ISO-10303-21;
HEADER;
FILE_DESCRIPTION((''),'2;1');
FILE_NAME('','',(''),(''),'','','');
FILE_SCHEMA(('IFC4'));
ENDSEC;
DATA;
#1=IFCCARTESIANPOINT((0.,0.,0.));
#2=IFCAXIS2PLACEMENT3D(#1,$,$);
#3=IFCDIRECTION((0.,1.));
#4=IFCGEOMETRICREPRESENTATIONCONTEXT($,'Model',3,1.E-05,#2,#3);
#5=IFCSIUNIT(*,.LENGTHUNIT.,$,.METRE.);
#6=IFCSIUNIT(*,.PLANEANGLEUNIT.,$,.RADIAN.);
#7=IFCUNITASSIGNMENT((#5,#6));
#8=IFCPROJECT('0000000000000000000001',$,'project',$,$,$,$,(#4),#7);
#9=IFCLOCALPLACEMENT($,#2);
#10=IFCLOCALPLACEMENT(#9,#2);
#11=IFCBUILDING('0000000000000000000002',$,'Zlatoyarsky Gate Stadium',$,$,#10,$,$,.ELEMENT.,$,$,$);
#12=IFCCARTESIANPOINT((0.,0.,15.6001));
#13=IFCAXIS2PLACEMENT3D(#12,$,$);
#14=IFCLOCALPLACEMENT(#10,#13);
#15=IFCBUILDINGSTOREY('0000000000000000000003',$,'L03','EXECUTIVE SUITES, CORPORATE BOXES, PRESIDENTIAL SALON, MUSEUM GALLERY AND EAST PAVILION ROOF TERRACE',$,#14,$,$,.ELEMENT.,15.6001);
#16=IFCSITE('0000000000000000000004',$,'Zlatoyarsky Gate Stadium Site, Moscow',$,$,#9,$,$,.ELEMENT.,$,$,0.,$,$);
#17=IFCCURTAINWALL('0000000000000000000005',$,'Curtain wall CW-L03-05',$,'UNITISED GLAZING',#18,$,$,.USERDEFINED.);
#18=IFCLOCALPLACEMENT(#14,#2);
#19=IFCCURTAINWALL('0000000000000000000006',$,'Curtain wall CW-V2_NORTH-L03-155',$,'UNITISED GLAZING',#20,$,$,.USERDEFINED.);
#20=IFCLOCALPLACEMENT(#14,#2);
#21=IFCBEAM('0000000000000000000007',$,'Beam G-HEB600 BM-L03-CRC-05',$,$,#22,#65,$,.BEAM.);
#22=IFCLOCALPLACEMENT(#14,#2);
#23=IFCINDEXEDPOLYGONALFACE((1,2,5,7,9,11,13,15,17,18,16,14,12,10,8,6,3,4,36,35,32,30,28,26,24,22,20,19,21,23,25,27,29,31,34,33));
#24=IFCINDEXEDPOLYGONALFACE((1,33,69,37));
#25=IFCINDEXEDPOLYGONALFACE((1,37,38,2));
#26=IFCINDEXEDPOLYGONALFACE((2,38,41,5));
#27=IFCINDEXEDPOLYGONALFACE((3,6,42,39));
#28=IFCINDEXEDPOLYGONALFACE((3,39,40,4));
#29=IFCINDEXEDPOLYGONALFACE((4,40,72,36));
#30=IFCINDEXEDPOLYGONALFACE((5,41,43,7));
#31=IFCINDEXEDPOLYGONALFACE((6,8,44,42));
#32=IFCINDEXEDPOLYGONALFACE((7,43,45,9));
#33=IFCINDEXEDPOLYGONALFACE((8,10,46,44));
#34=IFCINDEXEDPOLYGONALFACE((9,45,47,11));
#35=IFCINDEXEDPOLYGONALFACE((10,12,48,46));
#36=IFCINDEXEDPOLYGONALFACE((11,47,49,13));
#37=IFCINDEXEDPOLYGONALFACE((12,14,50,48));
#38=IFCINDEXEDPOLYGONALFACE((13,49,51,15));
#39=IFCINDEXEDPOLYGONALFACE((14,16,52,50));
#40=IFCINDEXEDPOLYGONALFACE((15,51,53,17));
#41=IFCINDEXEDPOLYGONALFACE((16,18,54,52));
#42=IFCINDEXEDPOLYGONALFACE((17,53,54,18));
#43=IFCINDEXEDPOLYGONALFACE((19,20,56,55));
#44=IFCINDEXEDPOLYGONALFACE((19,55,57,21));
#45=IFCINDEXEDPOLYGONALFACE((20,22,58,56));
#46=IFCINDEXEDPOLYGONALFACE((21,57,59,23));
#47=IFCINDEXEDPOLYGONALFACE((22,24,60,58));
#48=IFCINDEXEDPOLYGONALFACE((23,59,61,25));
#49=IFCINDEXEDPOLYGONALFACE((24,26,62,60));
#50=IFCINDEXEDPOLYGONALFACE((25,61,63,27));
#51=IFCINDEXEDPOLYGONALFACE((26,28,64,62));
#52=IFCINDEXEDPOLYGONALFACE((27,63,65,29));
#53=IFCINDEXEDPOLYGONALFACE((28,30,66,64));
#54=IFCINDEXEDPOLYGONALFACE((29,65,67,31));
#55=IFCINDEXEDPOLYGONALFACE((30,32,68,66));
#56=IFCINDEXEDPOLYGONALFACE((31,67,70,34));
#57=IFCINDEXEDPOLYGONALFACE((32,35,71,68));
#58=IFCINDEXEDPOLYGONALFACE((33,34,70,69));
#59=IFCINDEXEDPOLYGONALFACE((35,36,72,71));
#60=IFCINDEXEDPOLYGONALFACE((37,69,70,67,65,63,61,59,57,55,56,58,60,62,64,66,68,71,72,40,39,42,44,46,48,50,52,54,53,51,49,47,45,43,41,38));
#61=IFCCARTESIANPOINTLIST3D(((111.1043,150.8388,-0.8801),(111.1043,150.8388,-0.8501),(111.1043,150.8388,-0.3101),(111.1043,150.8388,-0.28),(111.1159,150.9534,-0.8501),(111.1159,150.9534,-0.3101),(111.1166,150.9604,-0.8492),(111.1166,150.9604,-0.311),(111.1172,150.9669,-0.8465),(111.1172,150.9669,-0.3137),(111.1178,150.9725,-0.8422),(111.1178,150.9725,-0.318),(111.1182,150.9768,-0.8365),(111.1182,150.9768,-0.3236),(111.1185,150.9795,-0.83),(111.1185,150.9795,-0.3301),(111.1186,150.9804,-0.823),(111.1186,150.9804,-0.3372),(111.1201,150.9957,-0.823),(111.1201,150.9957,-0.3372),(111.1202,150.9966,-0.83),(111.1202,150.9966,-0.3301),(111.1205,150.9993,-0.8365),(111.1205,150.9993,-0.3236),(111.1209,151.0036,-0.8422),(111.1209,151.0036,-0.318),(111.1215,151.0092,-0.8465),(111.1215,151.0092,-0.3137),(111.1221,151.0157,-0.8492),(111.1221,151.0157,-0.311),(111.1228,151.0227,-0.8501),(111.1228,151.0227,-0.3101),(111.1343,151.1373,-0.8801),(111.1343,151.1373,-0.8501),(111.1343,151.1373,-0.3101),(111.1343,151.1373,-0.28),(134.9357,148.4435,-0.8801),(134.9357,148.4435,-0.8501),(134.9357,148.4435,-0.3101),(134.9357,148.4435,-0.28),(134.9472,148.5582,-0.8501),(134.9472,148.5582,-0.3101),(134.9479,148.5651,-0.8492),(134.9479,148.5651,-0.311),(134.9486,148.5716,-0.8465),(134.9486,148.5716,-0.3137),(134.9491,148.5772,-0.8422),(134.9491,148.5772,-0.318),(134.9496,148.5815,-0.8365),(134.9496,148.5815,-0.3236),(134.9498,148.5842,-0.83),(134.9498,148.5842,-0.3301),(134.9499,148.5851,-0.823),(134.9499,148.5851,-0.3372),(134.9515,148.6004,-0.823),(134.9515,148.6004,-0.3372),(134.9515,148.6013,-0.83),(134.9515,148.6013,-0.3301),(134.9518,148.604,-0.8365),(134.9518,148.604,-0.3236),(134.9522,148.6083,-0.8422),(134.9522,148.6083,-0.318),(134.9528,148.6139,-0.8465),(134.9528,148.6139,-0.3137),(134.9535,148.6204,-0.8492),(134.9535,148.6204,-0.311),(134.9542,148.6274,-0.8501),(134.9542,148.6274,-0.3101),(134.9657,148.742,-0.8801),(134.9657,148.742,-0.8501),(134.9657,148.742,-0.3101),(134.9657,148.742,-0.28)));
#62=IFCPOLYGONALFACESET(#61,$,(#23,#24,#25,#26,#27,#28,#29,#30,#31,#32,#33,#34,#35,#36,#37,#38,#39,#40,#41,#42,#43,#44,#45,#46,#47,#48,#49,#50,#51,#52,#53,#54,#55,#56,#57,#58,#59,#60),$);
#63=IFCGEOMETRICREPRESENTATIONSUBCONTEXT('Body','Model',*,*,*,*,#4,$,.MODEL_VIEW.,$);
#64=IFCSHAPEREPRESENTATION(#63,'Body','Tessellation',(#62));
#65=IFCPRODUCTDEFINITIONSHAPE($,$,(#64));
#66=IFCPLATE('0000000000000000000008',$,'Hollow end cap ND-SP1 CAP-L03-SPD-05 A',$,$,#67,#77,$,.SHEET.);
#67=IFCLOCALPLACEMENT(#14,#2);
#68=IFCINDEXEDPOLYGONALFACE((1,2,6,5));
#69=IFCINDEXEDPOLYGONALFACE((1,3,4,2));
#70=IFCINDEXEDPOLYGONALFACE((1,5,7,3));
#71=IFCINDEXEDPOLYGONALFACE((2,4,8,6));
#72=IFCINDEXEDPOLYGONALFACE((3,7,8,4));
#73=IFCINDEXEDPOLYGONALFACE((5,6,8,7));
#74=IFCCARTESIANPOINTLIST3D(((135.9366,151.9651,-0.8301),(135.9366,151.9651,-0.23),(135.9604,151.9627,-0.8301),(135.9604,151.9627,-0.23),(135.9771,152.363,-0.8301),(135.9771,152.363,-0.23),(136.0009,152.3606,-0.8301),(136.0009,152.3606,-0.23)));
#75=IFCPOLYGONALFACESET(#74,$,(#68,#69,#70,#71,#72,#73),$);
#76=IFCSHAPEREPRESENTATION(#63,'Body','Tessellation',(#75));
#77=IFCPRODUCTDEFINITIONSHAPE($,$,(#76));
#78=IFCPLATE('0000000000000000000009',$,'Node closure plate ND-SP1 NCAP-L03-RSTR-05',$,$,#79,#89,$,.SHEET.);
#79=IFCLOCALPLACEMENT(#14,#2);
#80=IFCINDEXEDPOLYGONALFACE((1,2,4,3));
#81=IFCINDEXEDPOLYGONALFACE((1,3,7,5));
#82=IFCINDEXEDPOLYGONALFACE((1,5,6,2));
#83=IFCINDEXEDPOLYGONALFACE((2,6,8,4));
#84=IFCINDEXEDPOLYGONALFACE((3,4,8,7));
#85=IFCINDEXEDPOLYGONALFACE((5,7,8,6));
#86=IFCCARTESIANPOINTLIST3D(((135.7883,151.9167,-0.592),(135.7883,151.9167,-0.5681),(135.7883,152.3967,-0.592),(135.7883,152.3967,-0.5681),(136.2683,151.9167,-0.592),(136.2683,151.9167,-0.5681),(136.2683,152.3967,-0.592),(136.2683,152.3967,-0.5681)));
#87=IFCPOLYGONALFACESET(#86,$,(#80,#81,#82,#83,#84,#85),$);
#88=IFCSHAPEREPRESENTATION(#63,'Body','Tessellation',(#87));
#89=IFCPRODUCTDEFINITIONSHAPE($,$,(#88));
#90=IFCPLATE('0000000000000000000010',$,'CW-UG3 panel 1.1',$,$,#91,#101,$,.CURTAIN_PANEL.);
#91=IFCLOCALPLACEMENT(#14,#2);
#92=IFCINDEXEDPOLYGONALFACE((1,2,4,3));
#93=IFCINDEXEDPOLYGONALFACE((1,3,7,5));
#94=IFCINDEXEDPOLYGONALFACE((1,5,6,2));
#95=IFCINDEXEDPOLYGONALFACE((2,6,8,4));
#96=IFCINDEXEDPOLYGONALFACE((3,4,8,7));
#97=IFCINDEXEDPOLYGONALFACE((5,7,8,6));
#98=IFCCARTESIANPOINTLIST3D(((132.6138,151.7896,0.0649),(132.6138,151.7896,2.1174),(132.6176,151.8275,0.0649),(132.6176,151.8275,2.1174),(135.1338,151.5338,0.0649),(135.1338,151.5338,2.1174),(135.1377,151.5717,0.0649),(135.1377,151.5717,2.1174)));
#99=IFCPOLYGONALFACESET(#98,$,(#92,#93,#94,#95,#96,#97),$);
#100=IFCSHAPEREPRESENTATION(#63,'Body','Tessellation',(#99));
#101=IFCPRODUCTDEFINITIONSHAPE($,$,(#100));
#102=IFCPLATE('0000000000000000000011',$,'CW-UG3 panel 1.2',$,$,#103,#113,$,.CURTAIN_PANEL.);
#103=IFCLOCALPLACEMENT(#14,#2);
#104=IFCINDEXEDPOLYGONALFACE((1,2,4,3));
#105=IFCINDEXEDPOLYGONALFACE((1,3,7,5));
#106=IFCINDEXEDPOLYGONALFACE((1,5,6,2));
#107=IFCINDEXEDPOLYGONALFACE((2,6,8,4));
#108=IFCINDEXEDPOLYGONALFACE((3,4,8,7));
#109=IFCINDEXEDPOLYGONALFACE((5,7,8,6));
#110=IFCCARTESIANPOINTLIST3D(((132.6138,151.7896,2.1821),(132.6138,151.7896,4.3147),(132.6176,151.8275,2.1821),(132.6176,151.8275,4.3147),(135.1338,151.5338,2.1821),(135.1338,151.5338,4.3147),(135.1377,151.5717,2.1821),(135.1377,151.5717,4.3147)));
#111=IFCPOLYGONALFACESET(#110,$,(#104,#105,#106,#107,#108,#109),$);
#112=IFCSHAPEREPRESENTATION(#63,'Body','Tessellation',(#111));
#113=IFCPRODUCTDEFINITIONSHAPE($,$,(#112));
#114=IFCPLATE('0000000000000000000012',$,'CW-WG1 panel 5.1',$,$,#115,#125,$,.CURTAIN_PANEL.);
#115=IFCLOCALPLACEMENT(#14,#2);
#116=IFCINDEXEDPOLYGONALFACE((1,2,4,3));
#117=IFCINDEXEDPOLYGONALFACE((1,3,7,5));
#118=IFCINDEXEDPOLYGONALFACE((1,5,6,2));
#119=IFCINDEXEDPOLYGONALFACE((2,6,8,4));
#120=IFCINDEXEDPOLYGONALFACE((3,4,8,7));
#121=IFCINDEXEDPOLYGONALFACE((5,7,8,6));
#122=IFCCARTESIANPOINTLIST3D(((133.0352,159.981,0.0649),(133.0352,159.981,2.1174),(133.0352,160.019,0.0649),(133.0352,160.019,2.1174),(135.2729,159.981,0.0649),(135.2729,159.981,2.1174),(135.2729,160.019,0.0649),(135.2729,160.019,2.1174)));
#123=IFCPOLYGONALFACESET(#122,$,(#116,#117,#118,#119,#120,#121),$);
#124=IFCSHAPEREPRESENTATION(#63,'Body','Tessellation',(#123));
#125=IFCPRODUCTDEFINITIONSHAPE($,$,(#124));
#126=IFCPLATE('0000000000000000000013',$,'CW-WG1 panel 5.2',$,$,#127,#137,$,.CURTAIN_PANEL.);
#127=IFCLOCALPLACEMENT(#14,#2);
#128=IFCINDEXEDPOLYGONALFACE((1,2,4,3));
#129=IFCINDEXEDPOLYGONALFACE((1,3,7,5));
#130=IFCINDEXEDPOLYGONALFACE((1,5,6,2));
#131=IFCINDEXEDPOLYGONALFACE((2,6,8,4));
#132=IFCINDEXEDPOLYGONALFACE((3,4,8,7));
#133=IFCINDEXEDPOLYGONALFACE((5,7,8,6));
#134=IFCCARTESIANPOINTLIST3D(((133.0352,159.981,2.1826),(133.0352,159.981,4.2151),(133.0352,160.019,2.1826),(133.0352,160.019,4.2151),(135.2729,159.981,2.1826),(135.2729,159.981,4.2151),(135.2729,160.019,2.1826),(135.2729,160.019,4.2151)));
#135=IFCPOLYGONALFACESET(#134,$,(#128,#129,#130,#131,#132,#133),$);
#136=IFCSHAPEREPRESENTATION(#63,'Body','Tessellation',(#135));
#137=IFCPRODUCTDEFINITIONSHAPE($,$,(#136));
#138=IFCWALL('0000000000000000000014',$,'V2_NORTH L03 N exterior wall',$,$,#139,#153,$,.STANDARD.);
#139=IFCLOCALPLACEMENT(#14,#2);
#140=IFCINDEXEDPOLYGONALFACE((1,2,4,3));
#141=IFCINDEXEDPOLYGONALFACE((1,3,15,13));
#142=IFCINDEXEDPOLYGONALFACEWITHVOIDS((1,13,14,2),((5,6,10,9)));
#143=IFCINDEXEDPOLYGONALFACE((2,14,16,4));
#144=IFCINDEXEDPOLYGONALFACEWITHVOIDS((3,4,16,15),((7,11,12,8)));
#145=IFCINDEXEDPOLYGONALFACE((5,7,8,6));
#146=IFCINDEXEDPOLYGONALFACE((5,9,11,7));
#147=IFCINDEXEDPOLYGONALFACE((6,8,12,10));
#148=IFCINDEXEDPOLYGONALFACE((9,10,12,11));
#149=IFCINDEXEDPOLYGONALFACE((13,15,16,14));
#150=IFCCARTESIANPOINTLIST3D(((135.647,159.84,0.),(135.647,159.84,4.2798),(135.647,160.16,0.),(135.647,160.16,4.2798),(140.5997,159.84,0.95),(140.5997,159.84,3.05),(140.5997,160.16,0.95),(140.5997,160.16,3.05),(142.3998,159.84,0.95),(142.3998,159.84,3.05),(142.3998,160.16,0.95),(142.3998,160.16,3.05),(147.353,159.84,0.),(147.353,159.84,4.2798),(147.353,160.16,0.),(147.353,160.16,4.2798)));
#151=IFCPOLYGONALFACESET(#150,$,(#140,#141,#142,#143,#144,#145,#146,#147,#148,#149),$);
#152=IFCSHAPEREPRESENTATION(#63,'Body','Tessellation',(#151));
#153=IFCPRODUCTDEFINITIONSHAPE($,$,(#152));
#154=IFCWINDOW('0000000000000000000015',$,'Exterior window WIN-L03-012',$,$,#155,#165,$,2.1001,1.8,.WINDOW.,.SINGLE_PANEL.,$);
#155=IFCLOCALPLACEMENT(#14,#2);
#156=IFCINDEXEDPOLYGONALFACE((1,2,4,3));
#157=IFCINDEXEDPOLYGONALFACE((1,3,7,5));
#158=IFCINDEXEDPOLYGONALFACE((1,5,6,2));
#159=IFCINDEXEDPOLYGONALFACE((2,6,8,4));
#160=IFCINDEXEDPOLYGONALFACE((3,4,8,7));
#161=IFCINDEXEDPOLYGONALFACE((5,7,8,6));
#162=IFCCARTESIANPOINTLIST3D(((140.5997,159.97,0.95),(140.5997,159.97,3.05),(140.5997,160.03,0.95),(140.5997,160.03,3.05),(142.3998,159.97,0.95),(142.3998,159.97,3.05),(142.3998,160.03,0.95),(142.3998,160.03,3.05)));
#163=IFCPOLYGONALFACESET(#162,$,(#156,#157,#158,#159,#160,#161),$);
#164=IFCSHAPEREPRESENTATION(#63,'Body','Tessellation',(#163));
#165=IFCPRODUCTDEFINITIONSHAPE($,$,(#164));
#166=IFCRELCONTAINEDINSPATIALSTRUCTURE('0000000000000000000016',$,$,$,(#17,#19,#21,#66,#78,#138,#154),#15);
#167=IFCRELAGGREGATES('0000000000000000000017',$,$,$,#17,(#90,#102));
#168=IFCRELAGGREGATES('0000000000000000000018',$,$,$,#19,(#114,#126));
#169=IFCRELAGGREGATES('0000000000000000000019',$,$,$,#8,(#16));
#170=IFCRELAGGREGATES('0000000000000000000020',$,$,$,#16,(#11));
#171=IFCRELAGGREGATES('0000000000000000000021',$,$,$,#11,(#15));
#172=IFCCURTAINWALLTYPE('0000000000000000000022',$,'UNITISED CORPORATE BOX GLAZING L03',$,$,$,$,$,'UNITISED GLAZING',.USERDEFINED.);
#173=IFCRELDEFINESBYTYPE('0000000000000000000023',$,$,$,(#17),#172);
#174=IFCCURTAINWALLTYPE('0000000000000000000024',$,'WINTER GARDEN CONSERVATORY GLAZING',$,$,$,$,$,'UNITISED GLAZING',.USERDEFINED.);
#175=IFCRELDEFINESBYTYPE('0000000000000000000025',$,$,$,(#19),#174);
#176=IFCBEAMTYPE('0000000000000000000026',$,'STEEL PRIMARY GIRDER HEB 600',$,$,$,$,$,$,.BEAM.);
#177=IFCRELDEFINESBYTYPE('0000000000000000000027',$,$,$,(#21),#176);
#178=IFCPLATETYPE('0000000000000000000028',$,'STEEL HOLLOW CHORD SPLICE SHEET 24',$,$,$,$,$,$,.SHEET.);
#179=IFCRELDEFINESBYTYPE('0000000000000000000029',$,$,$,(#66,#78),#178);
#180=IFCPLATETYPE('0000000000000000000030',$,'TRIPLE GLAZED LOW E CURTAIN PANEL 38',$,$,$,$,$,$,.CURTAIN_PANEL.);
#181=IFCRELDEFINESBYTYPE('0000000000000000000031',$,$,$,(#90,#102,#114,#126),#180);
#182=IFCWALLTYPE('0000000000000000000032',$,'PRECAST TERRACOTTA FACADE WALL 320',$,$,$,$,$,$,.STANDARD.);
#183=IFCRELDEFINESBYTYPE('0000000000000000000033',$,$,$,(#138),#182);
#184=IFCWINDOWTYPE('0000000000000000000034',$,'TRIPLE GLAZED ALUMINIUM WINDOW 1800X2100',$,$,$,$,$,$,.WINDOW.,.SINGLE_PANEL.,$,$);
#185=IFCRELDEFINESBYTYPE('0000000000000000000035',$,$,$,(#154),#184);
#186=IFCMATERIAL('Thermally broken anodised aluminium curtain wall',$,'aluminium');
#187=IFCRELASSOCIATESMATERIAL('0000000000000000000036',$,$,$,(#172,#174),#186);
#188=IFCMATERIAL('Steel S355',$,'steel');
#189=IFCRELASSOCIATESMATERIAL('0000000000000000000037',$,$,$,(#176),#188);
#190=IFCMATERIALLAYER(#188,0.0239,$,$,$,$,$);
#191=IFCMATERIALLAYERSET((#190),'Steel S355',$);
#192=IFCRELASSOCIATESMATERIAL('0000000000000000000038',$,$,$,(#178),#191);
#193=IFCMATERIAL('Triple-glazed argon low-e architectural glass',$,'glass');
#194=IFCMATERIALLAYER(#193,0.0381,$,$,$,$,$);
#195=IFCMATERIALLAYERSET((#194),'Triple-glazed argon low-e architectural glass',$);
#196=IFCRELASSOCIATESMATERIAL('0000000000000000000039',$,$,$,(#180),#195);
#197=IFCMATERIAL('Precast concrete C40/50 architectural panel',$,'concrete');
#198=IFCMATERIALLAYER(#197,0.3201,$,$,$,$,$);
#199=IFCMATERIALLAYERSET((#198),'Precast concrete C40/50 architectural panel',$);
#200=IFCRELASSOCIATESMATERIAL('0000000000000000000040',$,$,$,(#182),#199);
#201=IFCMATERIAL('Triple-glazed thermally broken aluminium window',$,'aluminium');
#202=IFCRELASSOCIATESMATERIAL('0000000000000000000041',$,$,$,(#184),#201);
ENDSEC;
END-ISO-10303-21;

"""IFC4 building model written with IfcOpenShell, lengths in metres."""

from ifc_helpers import new_model, si_unit, direction, frame, frame_2d, origin, origin_2d, place, context, subcontext, project, spatial, rectangle, i_section, extrude, material, layer, layer_set, material_profile, profile_set, type_object, element, fill, aggregate, save


model = new_model("IFC4")

# Units and contexts
model_context = context("Model", 3, precision=1e-05, world=origin(), true_north=direction((0.0, 1.0)))
body_context = subcontext(model_context, "Body", "Model", "MODEL_VIEW")
ifc_project = project(units=[si_unit("LENGTHUNIT", "METRE"), si_unit("PLANEANGLEUNIT", "RADIAN")], contexts=[model_context])

# Site, building, storey
site_placement = place(None, origin())
site = spatial("IfcSite", under=ifc_project, at=site_placement, Name="Zlatoyarsky Gate Stadium Site, Moscow", CompositionType="ELEMENT", RefElevation=0.0)
building_placement = place(site_placement, origin())
building = spatial("IfcBuilding", under=site, at=building_placement, Name="Zlatoyarsky Gate Stadium", CompositionType="ELEMENT")
storey_placement = place(building_placement, frame((0.0, 0.0, 15.6001)))
storey = spatial("IfcBuildingStorey", under=building, at=storey_placement, Name="L03", Description="EXECUTIVE SUITES, CORPORATE BOXES, PRESIDENTIAL SALON, MUSEUM GALLERY AND EAST PAVILION ROOF TERRACE", CompositionType="ELEMENT", Elevation=15.6001)

# Shared definitions
ifc_material_1 = material(Name="Steel S355", Category="steel")

# Curtain walls
ifc_material_2 = material(Name="Thermally broken anodised aluminium curtain wall", Category="aluminium")
curtain_wall_type_1 = type_object("IfcCurtainWallType", Name="UNITISED CORPORATE BOX GLAZING L03", ElementType="UNITISED GLAZING", PredefinedType="USERDEFINED", material=ifc_material_2)
curtain_wall_1_placement = place(storey_placement, origin())
curtain_wall_1 = element("IfcCurtainWall", 1, at=curtain_wall_1_placement, inside=storey, type_object=curtain_wall_type_1, Name="Curtain wall CW-L03-05", ObjectType="UNITISED GLAZING", PredefinedType="USERDEFINED")
curtain_wall_type_2 = type_object("IfcCurtainWallType", Name="WINTER GARDEN CONSERVATORY GLAZING", ElementType="UNITISED GLAZING", PredefinedType="USERDEFINED", material=ifc_material_2)
curtain_wall_2_placement = place(storey_placement, origin())
curtain_wall_2 = element("IfcCurtainWall", 2, at=curtain_wall_2_placement, inside=storey, type_object=curtain_wall_type_2, Name="Curtain wall CW-V2_NORTH-L03-155", ObjectType="UNITISED GLAZING", PredefinedType="USERDEFINED")

# Beam
ifc_material_profile_1 = material_profile(ifc_material_1, i_section(OverallWidth=0.3, OverallDepth=0.6001, WebThickness=0.0154, FlangeThickness=0.03, FilletRadius=0.0271, at=origin_2d()), Name="HEB 600")
ifc_profile_set_1 = profile_set([ifc_material_profile_1], Name="Steel S355")
beam_type_1 = type_object("IfcBeamType", Name="STEEL PRIMARY GIRDER HEB 600", PredefinedType="BEAM", material=ifc_profile_set_1)
beam_1_placement = place(storey_placement, frame((134.9507, 148.5928, -0.5801), z_axis=(-0.994987, 0.100005, 0.0), x_axis=(-0.100005, -0.994987, 0.0)))
element("IfcBeam", 3, at=beam_1_placement, inside=storey, type_object=beam_type_1, Name="Beam G-HEB600 BM-L03-CRC-05", PredefinedType="BEAM", context=body_context, shape_type="SweptSolid", body=[
    extrude(i_section(OverallWidth=0.3, OverallDepth=0.6001, WebThickness=0.0154, FlangeThickness=0.03, FilletRadius=0.0271, at=origin_2d()), origin(), (0.0, 0.0, 1.0), 23.9514),
])

# Plates
ifc_layer_1 = layer(ifc_material_1, 0.0239)
ifc_layer_set_1 = layer_set([ifc_layer_1], Name="Steel S355")
plate_type_1 = type_object("IfcPlateType", Name="STEEL HOLLOW CHORD SPLICE SHEET 24", PredefinedType="SHEET", material=ifc_layer_set_1)
plate_1_placement = place(storey_placement, frame((135.9688, 152.1628, -0.8301), z_axis=(0.0, 0.0, 1.0), x_axis=(-0.994868, 0.101179, 0.0)))
element("IfcPlate", 4, at=plate_1_placement, inside=storey, type_object=plate_type_1, Name="Hollow end cap ND-SP1 CAP-L03-SPD-05 A", PredefinedType="SHEET", context=body_context, shape_type="SweptSolid", body=[
    extrude(rectangle(XDim=0.0239, YDim=0.3999, at=origin_2d()), origin(), (0.0, 0.0, 1.0), 0.6001),
])
plate_2_placement = place(storey_placement, frame((136.0283, 152.1567, -0.592), z_axis=(0.0, 0.0, 1.0), x_axis=(1.0, 0.0, 0.0)))
element("IfcPlate", 5, at=plate_2_placement, inside=storey, type_object=plate_type_1, Name="Node closure plate ND-SP1 NCAP-L03-RSTR-05", PredefinedType="SHEET", context=body_context, shape_type="SweptSolid", body=[
    extrude(rectangle(XDim=0.48, YDim=0.48, at=origin_2d()), origin(), (0.0, 0.0, 1.0), 0.0239),
])

# Plates
ifc_material_3 = material(Name="Triple-glazed argon low-e architectural glass", Category="glass")
ifc_layer_2 = layer(ifc_material_3, 0.0381)
ifc_layer_set_2 = layer_set([ifc_layer_2], Name="Triple-glazed argon low-e architectural glass")
plate_type_2 = type_object("IfcPlateType", Name="TRIPLE GLAZED LOW E CURTAIN PANEL 38", PredefinedType="CURTAIN_PANEL", material=ifc_layer_set_2)
plate_3_placement = place(storey_placement, frame((133.8757, 151.6807, 0.0649), z_axis=(0.0, 0.0, 1.0), x_axis=(-0.99489, 0.100968, 0.0)))
plate_3 = element("IfcPlate", 6, at=plate_3_placement, type_object=plate_type_2, Name="CW-UG3 panel 1.1", PredefinedType="CURTAIN_PANEL", context=body_context, shape_type="SweptSolid", body=[
    extrude(rectangle(XDim=2.533, YDim=0.0381, at=origin_2d()), origin(), (0.0, 0.0, 1.0), 2.0525),
])
plate_4_placement = place(storey_placement, frame((133.8757, 151.6807, 2.1821), z_axis=(0.0, 0.0, 1.0), x_axis=(-0.99489, 0.100968, 0.0)))
plate_4 = element("IfcPlate", 7, at=plate_4_placement, type_object=plate_type_2, Name="CW-UG3 panel 1.2", PredefinedType="CURTAIN_PANEL", context=body_context, shape_type="SweptSolid", body=[
    extrude(rectangle(XDim=2.533, YDim=0.0381, at=origin_2d()), origin(), (0.0, 0.0, 1.0), 2.1326),
])
aggregate(curtain_wall_1, [plate_3, plate_4])
plate_5_placement = place(storey_placement, frame((134.1541, 160.0, 0.0649), z_axis=(0.0, 0.0, 1.0), x_axis=(1.0, 0.0, 0.0)))
plate_5 = element("IfcPlate", 8, at=plate_5_placement, type_object=plate_type_2, Name="CW-WG1 panel 5.1", PredefinedType="CURTAIN_PANEL", context=body_context, shape_type="SweptSolid", body=[
    extrude(rectangle(XDim=2.2378, YDim=0.0381, at=origin_2d()), origin(), (0.0, 0.0, 1.0), 2.0525),
])
plate_6_placement = place(storey_placement, frame((134.1541, 160.0, 2.1826), z_axis=(0.0, 0.0, 1.0), x_axis=(1.0, 0.0, 0.0)))
plate_6 = element("IfcPlate", 9, at=plate_6_placement, type_object=plate_type_2, Name="CW-WG1 panel 5.2", PredefinedType="CURTAIN_PANEL", context=body_context, shape_type="SweptSolid", body=[
    extrude(rectangle(XDim=2.2378, YDim=0.0381, at=origin_2d()), origin(), (0.0, 0.0, 1.0), 2.0325),
])
aggregate(curtain_wall_2, [plate_5, plate_6])

# Wall, opening, window
ifc_material_4 = material(Name="Precast concrete C40/50 architectural panel", Category="concrete")
ifc_layer_3 = layer(ifc_material_4, 0.3201)
ifc_layer_set_3 = layer_set([ifc_layer_3], Name="Precast concrete C40/50 architectural panel")
wall_type = type_object("IfcWallType", Name="PRECAST TERRACOTTA FACADE WALL 320", PredefinedType="STANDARD", material=ifc_layer_set_3)
wall_placement = place(storey_placement, frame((135.647, 160.0, 0.0), z_axis=(0.0, 0.0, 1.0), x_axis=(1.0, 0.0, 0.0)))
wall = element("IfcWall", 10, at=wall_placement, inside=storey, type_object=wall_type, Name="V2_NORTH L03 N exterior wall", PredefinedType="STANDARD", context=body_context, shape_type="SweptSolid", body=[
    extrude(rectangle(XDim=11.7061, YDim=0.3201, at=frame_2d((5.853, 0.0))), origin(), (0.0, 0.0, 1.0), 4.2798),
])
opening_placement = place(wall_placement, frame((4.9529, 0.0, 0.95)))
opening = element("IfcOpeningElement", 11, at=opening_placement, cuts=wall, PredefinedType="OPENING", context=body_context, shape_type="SweptSolid", body=[
    extrude(rectangle(XDim=1.8, YDim=2.1001, at=frame_2d((0.8999, 1.05))), frame((0.0, 0.1699, 0.0), z_axis=(0.0, -1.0, 0.0), x_axis=(1.0, 0.0, 0.0)), (0.0, 0.0, 1.0), 0.3401),
])
ifc_material_5 = material(Name="Triple-glazed thermally broken aluminium window", Category="aluminium")
window_type = type_object("IfcWindowType", Name="TRIPLE GLAZED ALUMINIUM WINDOW 1800X2100", PartitioningType="SINGLE_PANEL", PredefinedType="WINDOW", material=ifc_material_5)
window_placement = place(opening_placement, origin())
window = element("IfcWindow", 12, at=window_placement, inside=storey, type_object=window_type, Name="Exterior window WIN-L03-012", OverallHeight=2.1001, OverallWidth=1.8, PartitioningType="SINGLE_PANEL", PredefinedType="WINDOW", context=body_context, shape_type="SweptSolid", body=[
    extrude(rectangle(XDim=1.8, YDim=2.1001, at=frame_2d((0.8999, 1.05))), frame((0.0, 0.03, 0.0), z_axis=(0.0, -1.0, 0.0), x_axis=(1.0, 0.0, 0.0)), (0.0, 0.0, 1.0), 0.0601),
])
fill(opening, window)

save(model, "model.ifc")
